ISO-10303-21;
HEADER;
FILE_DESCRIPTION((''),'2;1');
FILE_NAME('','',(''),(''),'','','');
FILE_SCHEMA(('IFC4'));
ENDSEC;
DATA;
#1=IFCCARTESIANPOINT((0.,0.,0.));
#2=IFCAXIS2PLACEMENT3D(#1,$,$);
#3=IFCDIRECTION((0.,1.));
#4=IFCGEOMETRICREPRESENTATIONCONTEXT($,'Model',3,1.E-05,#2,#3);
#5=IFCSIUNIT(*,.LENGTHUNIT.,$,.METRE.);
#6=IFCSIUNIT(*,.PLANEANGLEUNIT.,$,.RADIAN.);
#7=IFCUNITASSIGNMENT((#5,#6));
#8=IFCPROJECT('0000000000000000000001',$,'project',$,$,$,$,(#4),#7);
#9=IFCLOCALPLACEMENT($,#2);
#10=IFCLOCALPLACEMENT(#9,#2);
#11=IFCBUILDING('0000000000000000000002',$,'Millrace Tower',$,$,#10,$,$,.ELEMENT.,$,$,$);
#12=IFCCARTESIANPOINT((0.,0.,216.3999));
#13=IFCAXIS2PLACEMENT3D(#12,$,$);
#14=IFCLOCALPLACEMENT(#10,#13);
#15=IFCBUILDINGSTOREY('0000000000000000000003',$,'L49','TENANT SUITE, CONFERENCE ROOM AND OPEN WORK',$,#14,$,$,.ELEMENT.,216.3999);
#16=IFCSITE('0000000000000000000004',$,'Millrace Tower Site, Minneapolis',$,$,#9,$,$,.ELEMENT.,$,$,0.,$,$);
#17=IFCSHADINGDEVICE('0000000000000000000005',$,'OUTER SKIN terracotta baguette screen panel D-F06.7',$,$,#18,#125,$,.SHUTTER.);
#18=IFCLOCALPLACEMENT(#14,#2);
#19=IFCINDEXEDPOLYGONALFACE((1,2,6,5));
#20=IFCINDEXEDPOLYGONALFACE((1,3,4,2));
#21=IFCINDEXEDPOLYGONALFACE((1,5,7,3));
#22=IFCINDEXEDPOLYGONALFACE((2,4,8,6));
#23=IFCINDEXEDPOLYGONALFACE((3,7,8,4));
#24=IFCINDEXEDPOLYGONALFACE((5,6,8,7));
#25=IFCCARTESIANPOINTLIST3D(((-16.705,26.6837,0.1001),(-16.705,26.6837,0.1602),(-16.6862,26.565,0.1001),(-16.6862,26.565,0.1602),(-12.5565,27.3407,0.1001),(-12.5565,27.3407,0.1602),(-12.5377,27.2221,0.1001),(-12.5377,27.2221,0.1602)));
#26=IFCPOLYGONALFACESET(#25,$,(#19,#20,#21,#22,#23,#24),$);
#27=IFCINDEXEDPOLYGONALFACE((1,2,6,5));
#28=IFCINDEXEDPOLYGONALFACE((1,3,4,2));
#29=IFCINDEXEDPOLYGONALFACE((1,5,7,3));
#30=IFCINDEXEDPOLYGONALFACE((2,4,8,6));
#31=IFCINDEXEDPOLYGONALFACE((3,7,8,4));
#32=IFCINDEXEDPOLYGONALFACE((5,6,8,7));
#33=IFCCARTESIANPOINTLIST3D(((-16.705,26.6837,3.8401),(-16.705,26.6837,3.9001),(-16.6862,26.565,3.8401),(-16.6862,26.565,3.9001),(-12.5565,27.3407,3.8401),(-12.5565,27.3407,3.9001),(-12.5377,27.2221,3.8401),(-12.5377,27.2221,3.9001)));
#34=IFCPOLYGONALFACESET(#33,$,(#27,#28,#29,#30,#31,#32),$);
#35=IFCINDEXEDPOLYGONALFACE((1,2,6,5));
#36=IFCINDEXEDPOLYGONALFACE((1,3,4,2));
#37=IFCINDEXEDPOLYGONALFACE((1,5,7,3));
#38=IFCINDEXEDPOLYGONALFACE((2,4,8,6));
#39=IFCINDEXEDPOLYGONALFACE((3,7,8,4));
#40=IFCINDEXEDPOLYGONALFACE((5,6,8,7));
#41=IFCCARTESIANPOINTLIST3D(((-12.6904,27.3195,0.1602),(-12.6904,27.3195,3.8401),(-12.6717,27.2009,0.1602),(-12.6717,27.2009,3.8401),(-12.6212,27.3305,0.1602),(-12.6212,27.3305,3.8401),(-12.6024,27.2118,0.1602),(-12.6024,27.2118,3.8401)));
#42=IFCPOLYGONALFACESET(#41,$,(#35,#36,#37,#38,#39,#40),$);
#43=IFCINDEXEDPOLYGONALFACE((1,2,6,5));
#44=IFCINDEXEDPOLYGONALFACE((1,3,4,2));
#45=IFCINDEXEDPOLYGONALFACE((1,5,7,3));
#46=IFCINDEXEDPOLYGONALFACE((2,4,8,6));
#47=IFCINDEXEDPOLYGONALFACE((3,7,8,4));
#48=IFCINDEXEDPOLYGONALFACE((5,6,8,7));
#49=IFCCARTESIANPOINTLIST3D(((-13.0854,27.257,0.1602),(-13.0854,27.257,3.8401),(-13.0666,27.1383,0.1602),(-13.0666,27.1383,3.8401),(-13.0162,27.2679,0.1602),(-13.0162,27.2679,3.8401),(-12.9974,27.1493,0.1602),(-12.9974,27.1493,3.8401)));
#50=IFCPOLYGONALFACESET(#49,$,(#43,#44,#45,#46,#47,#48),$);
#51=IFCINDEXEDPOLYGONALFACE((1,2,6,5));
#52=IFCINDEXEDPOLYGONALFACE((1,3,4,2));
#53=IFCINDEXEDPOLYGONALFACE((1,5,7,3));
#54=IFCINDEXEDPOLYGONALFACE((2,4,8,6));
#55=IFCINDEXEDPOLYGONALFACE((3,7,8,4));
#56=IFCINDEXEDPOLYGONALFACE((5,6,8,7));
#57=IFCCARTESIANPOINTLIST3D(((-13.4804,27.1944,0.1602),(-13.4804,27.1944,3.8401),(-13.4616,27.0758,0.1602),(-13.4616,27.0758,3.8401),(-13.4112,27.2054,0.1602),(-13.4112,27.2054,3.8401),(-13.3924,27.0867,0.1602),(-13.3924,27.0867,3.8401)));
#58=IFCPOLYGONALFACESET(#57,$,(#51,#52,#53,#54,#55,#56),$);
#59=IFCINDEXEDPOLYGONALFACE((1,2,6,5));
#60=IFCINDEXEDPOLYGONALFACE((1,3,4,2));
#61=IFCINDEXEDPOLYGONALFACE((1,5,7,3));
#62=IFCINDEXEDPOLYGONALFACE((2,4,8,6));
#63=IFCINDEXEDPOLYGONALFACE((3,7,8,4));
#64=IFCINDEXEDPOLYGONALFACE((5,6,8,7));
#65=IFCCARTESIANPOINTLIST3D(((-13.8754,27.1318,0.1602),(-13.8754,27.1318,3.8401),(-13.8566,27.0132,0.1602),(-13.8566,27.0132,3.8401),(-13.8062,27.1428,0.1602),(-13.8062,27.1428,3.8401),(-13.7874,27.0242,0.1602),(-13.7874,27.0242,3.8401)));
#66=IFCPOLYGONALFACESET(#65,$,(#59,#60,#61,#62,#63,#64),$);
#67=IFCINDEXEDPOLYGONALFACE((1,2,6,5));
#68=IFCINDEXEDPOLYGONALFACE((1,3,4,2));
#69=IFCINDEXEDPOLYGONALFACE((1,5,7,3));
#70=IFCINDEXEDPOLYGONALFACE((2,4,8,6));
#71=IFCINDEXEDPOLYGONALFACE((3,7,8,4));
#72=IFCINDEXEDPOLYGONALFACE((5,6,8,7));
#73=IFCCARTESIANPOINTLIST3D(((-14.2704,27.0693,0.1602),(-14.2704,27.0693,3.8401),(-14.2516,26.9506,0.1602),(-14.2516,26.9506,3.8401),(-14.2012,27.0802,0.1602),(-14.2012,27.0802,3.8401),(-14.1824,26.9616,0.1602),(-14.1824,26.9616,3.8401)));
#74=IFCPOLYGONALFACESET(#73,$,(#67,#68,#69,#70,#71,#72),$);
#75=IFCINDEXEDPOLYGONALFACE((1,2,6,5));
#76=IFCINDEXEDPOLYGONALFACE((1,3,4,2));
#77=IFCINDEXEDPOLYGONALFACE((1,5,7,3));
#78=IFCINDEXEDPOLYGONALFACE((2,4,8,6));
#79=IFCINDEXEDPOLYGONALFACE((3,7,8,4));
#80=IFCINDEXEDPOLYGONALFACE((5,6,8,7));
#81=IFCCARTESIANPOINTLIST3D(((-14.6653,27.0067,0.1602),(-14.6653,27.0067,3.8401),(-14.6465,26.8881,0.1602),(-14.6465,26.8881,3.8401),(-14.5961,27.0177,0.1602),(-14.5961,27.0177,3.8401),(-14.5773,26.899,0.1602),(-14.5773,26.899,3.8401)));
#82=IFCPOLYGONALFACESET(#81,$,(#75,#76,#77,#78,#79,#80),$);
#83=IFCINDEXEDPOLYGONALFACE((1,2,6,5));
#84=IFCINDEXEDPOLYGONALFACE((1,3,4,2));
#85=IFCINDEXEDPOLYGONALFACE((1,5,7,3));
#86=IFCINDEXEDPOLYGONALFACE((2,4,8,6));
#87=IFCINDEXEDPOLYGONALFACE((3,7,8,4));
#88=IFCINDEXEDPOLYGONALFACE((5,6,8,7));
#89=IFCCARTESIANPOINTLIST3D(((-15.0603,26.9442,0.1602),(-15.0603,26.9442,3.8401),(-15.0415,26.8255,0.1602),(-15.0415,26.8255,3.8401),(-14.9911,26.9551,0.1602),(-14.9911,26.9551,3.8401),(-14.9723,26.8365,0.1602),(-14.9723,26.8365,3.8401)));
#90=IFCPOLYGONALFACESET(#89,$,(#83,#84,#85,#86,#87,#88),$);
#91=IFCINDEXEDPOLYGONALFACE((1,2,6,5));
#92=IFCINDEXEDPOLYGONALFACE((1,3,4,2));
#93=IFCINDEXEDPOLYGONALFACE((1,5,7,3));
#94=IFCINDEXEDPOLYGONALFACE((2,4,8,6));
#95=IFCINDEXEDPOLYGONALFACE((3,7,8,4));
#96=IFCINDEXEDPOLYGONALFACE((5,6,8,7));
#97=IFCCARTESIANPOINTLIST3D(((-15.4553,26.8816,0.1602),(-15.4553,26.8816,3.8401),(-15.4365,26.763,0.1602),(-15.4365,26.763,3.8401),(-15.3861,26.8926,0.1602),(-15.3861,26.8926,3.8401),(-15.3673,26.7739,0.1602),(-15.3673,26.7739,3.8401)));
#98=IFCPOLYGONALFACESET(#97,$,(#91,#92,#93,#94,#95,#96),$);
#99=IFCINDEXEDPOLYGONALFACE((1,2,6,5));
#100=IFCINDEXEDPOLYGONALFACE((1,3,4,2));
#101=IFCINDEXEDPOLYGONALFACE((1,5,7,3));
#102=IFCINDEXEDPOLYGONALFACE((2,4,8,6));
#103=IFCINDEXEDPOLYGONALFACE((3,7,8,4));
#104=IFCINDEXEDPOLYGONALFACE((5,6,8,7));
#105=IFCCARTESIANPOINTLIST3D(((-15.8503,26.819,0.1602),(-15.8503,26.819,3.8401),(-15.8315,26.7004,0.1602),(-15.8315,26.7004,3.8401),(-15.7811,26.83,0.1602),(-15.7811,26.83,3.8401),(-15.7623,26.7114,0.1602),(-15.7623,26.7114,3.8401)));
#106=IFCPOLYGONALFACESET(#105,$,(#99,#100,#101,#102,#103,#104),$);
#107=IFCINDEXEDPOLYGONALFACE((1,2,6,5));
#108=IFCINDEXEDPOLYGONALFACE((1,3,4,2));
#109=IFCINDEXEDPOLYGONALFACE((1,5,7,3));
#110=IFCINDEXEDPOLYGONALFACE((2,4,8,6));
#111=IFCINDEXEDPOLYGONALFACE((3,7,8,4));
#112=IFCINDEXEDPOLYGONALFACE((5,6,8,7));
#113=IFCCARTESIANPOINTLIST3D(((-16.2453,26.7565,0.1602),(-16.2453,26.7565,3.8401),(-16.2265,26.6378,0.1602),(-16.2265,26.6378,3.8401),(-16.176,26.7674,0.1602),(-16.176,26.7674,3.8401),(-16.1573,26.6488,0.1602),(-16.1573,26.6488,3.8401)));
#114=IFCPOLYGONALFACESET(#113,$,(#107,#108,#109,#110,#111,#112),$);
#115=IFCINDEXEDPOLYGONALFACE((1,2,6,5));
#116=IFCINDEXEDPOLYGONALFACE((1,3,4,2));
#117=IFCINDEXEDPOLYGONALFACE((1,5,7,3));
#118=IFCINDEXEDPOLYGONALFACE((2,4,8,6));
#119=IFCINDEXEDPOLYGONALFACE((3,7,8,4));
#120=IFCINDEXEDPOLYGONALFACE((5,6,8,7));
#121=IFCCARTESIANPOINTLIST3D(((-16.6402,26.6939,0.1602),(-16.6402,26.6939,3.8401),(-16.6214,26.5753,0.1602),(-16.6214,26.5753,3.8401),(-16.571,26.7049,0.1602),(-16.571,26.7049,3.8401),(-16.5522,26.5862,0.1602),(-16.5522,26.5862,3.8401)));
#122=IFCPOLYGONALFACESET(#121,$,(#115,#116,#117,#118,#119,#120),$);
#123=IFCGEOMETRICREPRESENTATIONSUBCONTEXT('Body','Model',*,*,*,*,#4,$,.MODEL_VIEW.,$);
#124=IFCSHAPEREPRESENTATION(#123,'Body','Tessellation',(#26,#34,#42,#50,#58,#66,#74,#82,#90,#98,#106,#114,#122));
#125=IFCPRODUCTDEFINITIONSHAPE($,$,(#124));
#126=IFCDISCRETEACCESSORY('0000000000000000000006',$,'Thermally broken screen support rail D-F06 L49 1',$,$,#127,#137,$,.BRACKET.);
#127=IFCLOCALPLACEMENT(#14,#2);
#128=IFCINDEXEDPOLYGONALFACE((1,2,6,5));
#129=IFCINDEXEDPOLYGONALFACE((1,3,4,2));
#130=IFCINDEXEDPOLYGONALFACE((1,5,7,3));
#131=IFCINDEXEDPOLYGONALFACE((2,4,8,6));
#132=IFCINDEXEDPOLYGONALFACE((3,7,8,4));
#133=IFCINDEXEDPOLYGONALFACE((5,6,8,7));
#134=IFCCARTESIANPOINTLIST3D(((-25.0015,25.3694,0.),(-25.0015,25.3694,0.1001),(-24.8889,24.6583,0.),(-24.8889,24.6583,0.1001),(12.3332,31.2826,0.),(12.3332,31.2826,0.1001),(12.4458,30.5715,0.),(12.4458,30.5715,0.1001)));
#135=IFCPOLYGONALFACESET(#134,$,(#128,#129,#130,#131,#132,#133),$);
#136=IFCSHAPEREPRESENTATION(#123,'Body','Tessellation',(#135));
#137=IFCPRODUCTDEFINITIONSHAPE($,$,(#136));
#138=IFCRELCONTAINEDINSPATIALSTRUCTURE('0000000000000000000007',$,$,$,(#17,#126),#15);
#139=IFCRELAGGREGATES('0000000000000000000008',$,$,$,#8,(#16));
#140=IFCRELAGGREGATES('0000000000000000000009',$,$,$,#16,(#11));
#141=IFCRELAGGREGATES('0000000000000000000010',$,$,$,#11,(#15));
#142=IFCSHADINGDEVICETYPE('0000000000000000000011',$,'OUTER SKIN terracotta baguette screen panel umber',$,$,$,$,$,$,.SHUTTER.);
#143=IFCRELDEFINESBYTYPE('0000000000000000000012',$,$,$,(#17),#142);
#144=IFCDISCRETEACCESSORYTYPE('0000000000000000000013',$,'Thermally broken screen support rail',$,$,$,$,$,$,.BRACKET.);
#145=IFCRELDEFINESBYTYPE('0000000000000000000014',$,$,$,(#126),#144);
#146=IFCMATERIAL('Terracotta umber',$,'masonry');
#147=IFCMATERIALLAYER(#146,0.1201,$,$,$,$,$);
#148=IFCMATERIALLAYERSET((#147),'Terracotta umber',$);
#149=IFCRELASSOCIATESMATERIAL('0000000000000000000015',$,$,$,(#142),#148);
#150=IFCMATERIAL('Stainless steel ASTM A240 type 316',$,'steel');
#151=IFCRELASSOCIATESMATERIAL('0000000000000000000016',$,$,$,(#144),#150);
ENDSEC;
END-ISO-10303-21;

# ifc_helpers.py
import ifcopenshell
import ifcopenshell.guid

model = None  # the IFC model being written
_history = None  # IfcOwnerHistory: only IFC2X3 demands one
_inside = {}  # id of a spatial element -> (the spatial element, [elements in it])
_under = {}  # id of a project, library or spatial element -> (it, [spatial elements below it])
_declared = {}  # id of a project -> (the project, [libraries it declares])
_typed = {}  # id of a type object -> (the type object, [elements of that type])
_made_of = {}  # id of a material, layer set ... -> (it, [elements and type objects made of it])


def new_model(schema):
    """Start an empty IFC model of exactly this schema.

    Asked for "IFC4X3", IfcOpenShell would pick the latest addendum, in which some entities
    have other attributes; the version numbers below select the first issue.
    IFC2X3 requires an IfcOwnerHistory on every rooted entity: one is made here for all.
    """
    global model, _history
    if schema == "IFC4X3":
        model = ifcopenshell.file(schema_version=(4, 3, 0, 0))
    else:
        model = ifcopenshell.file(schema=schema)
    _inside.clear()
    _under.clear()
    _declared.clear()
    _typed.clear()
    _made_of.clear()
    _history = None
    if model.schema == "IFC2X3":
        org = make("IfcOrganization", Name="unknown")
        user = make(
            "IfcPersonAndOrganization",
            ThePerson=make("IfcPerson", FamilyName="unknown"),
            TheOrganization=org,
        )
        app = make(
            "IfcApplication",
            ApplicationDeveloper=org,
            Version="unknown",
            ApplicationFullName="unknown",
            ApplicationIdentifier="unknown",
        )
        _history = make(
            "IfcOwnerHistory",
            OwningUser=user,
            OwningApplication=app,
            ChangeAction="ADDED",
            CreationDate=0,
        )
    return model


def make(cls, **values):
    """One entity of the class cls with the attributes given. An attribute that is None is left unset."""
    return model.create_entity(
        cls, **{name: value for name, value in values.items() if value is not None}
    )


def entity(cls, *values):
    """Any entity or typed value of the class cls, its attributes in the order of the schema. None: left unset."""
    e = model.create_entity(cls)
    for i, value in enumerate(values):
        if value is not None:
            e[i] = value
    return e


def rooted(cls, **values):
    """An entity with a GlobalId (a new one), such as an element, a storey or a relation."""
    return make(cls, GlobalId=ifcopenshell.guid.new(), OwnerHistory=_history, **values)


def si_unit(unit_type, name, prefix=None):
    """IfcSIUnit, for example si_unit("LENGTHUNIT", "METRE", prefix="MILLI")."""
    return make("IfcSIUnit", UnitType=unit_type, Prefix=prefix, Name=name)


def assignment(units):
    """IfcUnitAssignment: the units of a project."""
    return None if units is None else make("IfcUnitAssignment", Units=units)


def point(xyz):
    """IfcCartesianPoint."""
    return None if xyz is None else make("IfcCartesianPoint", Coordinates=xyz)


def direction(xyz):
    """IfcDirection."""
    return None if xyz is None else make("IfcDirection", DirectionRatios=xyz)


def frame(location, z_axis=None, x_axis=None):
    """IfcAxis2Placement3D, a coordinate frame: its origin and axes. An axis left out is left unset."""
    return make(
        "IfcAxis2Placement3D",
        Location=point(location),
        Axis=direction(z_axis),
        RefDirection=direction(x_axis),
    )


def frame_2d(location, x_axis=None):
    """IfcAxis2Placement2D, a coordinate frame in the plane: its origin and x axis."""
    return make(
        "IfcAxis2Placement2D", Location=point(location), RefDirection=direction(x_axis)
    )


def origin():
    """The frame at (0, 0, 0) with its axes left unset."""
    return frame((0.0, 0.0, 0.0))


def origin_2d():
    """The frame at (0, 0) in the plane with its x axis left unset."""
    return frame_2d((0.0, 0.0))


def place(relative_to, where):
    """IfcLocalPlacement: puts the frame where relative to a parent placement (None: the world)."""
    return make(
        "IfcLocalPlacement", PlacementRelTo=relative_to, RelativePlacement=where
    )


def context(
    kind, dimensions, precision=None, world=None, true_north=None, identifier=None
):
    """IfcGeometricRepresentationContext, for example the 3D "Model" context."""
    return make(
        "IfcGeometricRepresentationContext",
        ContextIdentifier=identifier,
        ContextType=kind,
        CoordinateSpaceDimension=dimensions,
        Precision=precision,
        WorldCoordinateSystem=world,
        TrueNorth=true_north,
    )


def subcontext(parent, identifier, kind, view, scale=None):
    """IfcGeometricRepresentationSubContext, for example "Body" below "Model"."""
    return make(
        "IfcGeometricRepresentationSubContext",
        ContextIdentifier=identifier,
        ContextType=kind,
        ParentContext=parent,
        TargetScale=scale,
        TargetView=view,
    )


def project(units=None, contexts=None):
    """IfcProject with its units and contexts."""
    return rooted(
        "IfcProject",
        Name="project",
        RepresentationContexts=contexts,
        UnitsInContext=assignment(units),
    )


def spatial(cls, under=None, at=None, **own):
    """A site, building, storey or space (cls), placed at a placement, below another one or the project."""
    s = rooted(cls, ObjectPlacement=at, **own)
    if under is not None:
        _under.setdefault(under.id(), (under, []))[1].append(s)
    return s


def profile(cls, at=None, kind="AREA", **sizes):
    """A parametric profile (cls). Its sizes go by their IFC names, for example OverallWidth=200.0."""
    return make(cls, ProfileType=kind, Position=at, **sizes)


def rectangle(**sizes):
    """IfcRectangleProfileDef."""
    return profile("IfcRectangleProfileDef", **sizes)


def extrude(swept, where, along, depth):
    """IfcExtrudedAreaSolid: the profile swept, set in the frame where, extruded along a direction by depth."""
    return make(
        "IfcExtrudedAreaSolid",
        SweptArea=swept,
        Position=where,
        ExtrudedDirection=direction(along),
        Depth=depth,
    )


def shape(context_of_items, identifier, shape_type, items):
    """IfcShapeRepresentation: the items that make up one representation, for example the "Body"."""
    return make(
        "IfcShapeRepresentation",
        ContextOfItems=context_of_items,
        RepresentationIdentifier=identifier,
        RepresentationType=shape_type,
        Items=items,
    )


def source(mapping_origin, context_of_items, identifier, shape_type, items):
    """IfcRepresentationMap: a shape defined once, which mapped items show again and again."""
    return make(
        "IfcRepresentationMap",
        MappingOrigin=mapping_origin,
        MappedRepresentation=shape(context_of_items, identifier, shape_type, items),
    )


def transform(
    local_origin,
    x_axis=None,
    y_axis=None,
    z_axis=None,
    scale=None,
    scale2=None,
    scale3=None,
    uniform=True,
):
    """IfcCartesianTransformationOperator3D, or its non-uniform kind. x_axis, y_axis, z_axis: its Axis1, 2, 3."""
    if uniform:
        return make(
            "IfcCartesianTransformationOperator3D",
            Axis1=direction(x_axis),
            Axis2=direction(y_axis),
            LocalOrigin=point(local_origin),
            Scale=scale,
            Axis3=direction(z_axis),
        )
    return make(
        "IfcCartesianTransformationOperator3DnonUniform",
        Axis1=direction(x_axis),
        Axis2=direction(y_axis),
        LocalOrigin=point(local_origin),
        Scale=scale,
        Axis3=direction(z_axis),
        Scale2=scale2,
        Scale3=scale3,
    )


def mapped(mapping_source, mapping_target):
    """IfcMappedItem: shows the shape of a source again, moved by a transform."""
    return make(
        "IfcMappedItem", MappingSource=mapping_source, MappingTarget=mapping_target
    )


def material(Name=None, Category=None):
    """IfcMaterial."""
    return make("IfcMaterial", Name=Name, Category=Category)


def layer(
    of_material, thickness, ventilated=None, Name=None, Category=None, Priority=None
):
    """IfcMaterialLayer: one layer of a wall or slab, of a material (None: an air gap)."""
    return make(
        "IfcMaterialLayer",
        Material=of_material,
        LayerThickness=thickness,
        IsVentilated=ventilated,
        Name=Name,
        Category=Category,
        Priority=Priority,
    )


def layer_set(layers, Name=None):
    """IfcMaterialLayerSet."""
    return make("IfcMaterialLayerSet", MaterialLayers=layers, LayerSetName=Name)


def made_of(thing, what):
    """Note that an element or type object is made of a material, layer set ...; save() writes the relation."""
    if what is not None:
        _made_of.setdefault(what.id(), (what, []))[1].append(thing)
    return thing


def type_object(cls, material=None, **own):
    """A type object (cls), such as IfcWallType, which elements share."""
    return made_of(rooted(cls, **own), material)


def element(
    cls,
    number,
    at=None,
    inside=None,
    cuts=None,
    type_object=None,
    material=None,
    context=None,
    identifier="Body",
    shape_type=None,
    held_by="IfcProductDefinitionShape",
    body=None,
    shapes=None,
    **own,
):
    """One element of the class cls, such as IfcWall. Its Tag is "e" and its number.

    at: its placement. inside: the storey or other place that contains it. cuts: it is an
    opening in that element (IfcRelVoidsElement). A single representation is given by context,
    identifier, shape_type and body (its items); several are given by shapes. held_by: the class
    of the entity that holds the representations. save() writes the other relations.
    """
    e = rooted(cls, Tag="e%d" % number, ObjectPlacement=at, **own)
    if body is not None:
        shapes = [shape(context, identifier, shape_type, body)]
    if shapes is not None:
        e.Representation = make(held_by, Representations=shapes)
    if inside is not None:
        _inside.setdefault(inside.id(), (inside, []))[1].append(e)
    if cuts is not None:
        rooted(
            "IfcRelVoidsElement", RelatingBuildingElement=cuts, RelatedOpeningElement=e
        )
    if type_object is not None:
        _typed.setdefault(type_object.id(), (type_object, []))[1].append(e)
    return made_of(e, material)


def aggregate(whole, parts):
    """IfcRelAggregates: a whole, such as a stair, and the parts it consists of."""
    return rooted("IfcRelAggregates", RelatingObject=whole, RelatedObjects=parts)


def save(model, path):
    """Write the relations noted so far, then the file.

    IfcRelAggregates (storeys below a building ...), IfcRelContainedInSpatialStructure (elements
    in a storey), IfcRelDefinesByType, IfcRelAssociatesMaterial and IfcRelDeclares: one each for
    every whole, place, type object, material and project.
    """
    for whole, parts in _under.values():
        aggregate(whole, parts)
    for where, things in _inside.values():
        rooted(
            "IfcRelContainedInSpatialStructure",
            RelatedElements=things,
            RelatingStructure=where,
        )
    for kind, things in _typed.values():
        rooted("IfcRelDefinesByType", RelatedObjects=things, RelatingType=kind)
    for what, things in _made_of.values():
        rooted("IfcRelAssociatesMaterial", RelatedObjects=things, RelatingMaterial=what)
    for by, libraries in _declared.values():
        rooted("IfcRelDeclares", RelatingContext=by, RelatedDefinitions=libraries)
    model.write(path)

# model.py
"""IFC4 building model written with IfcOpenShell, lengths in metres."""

from ifc_helpers import new_model, entity, si_unit, direction, frame, frame_2d, origin, origin_2d, place, context, subcontext, project, spatial, rectangle, extrude, source, transform, mapped, material, layer, layer_set, type_object, element, save


model = new_model("IFC4")

# Units and contexts
model_context = context("Model", 3, precision=1e-05, world=origin(), true_north=direction((0.0, 1.0)))
body_context = subcontext(model_context, "Body", "Model", "MODEL_VIEW")
ifc_project = project(units=[si_unit("LENGTHUNIT", "METRE"), si_unit("PLANEANGLEUNIT", "RADIAN")], contexts=[model_context])

# Site, building, storey
site_placement = place(None, origin())
site = spatial("IfcSite", under=ifc_project, at=site_placement, Name="Millrace Tower Site, Minneapolis", CompositionType="ELEMENT", RefElevation=0.0)
building_placement = place(site_placement, origin())
building = spatial("IfcBuilding", under=site, at=building_placement, Name="Millrace Tower", CompositionType="ELEMENT")
storey_placement = place(building_placement, frame((0.0, 0.0, 216.3999)))
storey = spatial("IfcBuildingStorey", under=building, at=storey_placement, Name="L49", Description="TENANT SUITE, CONFERENCE ROOM AND OPEN WORK", CompositionType="ELEMENT", Elevation=216.3999)

# Shading device
ifc_material_1 = material(Name="Terracotta umber", Category="masonry")
ifc_layer_1 = layer(ifc_material_1, 0.1201)
ifc_layer_set_1 = layer_set([ifc_layer_1], Name="Terracotta umber")
shading_device_type = type_object("IfcShadingDeviceType", Name="OUTER SKIN terracotta baguette screen panel umber", PredefinedType="SHUTTER", material=ifc_layer_set_1)
cartesian_point = entity("IfcCartesianPoint", [-2.1001, 0.0601])
shared_polyline = entity("IfcPolyline", [cartesian_point, entity("IfcCartesianPoint", [2.1001, 0.0601]), entity("IfcCartesianPoint", [2.1001, -0.0601]), entity("IfcCartesianPoint", [-2.1001, -0.0601]), cartesian_point])
shared_shape = source(origin(), body_context, "Body", "SweptSolid", [
    entity("IfcExtrudedAreaSolid", entity("IfcArbitraryClosedProfileDef", "AREA", None, shared_polyline), entity("IfcAxis2Placement3D", entity("IfcCartesianPoint", [0.0, 0.0, 0.0])), entity("IfcDirection", [0.0, 0.0, 1.0]), 0.0601),
    entity("IfcExtrudedAreaSolid", entity("IfcArbitraryClosedProfileDef", "AREA", None, shared_polyline), entity("IfcAxis2Placement3D", entity("IfcCartesianPoint", [0.0, 0.0, 3.74])), entity("IfcDirection", [0.0, 0.0, 1.0]), 0.0601),
    extrude(rectangle(XDim=0.0701, YDim=0.1201, at=frame_2d((-1.9995, 0.0))), frame((0.0, 0.0, 0.0601)), (0.0, 0.0, 1.0), 3.6799),
    extrude(rectangle(XDim=0.0701, YDim=0.1201, at=frame_2d((-1.5996, 0.0))), frame((0.0, 0.0, 0.0601)), (0.0, 0.0, 1.0), 3.6799),
    extrude(rectangle(XDim=0.0701, YDim=0.1201, at=frame_2d((-1.1997, 0.0))), frame((0.0, 0.0, 0.0601)), (0.0, 0.0, 1.0), 3.6799),
    extrude(rectangle(XDim=0.0701, YDim=0.1201, at=frame_2d((-0.7998, 0.0))), frame((0.0, 0.0, 0.0601)), (0.0, 0.0, 1.0), 3.6799),
    extrude(rectangle(XDim=0.0701, YDim=0.1201, at=frame_2d((-0.3999, 0.0))), frame((0.0, 0.0, 0.0601)), (0.0, 0.0, 1.0), 3.6799),
    extrude(rectangle(XDim=0.0701, YDim=0.1201, at=origin_2d()), frame((0.0, 0.0, 0.0601)), (0.0, 0.0, 1.0), 3.6799),
    extrude(rectangle(XDim=0.0701, YDim=0.1201, at=frame_2d((0.3999, 0.0))), frame((0.0, 0.0, 0.0601)), (0.0, 0.0, 1.0), 3.6799),
    extrude(rectangle(XDim=0.0701, YDim=0.1201, at=frame_2d((0.7998, 0.0))), frame((0.0, 0.0, 0.0601)), (0.0, 0.0, 1.0), 3.6799),
    extrude(rectangle(XDim=0.0701, YDim=0.1201, at=frame_2d((1.1997, 0.0))), frame((0.0, 0.0, 0.0601)), (0.0, 0.0, 1.0), 3.6799),
    extrude(rectangle(XDim=0.0701, YDim=0.1201, at=frame_2d((1.5996, 0.0))), frame((0.0, 0.0, 0.0601)), (0.0, 0.0, 1.0), 3.6799),
    extrude(rectangle(XDim=0.0701, YDim=0.1201, at=frame_2d((1.9995, 0.0))), frame((0.0, 0.0, 0.0601)), (0.0, 0.0, 1.0), 3.6799),
])
for number, where, z_axis, x_axis, name in (
    (1, (-14.6213, 26.9529, 0.1001), (0.0, 0.0, 1.0), (-0.987688, -0.156434, 0.0), "OUTER SKIN terracotta baguette screen panel D-F06.7"),
):
    element("IfcShadingDevice", number, at=place(storey_placement, frame(where, z_axis=z_axis, x_axis=x_axis)), inside=storey, type_object=shading_device_type, Name=name, PredefinedType="SHUTTER", context=body_context, shape_type="MappedRepresentation", body=[
        mapped(shared_shape, transform((0.0, 0.0, 0.0), scale=1.0)),
    ])

# Discrete accessory
ifc_material_2 = material(Name="Stainless steel ASTM A240 type 316", Category="steel")
discrete_accessory_type = type_object("IfcDiscreteAccessoryType", Name="Thermally broken screen support rail", PredefinedType="BRACKET", material=ifc_material_2)
discrete_accessory_placement = place(storey_placement, frame((-6.2778, 27.9705, 0.0), z_axis=(0.0, 0.0, 1.0), x_axis=(-0.987688, -0.156434, 0.0)))
element("IfcDiscreteAccessory", 2, at=discrete_accessory_placement, inside=storey, type_object=discrete_accessory_type, Name="Thermally broken screen support rail D-F06 L49 1", PredefinedType="BRACKET", context=body_context, shape_type="SweptSolid", body=[
    extrude(rectangle(XDim=37.8, YDim=0.72, at=origin_2d()), origin(), (0.0, 0.0, 1.0), 0.1001),
])

save(model, "model.ifc")
